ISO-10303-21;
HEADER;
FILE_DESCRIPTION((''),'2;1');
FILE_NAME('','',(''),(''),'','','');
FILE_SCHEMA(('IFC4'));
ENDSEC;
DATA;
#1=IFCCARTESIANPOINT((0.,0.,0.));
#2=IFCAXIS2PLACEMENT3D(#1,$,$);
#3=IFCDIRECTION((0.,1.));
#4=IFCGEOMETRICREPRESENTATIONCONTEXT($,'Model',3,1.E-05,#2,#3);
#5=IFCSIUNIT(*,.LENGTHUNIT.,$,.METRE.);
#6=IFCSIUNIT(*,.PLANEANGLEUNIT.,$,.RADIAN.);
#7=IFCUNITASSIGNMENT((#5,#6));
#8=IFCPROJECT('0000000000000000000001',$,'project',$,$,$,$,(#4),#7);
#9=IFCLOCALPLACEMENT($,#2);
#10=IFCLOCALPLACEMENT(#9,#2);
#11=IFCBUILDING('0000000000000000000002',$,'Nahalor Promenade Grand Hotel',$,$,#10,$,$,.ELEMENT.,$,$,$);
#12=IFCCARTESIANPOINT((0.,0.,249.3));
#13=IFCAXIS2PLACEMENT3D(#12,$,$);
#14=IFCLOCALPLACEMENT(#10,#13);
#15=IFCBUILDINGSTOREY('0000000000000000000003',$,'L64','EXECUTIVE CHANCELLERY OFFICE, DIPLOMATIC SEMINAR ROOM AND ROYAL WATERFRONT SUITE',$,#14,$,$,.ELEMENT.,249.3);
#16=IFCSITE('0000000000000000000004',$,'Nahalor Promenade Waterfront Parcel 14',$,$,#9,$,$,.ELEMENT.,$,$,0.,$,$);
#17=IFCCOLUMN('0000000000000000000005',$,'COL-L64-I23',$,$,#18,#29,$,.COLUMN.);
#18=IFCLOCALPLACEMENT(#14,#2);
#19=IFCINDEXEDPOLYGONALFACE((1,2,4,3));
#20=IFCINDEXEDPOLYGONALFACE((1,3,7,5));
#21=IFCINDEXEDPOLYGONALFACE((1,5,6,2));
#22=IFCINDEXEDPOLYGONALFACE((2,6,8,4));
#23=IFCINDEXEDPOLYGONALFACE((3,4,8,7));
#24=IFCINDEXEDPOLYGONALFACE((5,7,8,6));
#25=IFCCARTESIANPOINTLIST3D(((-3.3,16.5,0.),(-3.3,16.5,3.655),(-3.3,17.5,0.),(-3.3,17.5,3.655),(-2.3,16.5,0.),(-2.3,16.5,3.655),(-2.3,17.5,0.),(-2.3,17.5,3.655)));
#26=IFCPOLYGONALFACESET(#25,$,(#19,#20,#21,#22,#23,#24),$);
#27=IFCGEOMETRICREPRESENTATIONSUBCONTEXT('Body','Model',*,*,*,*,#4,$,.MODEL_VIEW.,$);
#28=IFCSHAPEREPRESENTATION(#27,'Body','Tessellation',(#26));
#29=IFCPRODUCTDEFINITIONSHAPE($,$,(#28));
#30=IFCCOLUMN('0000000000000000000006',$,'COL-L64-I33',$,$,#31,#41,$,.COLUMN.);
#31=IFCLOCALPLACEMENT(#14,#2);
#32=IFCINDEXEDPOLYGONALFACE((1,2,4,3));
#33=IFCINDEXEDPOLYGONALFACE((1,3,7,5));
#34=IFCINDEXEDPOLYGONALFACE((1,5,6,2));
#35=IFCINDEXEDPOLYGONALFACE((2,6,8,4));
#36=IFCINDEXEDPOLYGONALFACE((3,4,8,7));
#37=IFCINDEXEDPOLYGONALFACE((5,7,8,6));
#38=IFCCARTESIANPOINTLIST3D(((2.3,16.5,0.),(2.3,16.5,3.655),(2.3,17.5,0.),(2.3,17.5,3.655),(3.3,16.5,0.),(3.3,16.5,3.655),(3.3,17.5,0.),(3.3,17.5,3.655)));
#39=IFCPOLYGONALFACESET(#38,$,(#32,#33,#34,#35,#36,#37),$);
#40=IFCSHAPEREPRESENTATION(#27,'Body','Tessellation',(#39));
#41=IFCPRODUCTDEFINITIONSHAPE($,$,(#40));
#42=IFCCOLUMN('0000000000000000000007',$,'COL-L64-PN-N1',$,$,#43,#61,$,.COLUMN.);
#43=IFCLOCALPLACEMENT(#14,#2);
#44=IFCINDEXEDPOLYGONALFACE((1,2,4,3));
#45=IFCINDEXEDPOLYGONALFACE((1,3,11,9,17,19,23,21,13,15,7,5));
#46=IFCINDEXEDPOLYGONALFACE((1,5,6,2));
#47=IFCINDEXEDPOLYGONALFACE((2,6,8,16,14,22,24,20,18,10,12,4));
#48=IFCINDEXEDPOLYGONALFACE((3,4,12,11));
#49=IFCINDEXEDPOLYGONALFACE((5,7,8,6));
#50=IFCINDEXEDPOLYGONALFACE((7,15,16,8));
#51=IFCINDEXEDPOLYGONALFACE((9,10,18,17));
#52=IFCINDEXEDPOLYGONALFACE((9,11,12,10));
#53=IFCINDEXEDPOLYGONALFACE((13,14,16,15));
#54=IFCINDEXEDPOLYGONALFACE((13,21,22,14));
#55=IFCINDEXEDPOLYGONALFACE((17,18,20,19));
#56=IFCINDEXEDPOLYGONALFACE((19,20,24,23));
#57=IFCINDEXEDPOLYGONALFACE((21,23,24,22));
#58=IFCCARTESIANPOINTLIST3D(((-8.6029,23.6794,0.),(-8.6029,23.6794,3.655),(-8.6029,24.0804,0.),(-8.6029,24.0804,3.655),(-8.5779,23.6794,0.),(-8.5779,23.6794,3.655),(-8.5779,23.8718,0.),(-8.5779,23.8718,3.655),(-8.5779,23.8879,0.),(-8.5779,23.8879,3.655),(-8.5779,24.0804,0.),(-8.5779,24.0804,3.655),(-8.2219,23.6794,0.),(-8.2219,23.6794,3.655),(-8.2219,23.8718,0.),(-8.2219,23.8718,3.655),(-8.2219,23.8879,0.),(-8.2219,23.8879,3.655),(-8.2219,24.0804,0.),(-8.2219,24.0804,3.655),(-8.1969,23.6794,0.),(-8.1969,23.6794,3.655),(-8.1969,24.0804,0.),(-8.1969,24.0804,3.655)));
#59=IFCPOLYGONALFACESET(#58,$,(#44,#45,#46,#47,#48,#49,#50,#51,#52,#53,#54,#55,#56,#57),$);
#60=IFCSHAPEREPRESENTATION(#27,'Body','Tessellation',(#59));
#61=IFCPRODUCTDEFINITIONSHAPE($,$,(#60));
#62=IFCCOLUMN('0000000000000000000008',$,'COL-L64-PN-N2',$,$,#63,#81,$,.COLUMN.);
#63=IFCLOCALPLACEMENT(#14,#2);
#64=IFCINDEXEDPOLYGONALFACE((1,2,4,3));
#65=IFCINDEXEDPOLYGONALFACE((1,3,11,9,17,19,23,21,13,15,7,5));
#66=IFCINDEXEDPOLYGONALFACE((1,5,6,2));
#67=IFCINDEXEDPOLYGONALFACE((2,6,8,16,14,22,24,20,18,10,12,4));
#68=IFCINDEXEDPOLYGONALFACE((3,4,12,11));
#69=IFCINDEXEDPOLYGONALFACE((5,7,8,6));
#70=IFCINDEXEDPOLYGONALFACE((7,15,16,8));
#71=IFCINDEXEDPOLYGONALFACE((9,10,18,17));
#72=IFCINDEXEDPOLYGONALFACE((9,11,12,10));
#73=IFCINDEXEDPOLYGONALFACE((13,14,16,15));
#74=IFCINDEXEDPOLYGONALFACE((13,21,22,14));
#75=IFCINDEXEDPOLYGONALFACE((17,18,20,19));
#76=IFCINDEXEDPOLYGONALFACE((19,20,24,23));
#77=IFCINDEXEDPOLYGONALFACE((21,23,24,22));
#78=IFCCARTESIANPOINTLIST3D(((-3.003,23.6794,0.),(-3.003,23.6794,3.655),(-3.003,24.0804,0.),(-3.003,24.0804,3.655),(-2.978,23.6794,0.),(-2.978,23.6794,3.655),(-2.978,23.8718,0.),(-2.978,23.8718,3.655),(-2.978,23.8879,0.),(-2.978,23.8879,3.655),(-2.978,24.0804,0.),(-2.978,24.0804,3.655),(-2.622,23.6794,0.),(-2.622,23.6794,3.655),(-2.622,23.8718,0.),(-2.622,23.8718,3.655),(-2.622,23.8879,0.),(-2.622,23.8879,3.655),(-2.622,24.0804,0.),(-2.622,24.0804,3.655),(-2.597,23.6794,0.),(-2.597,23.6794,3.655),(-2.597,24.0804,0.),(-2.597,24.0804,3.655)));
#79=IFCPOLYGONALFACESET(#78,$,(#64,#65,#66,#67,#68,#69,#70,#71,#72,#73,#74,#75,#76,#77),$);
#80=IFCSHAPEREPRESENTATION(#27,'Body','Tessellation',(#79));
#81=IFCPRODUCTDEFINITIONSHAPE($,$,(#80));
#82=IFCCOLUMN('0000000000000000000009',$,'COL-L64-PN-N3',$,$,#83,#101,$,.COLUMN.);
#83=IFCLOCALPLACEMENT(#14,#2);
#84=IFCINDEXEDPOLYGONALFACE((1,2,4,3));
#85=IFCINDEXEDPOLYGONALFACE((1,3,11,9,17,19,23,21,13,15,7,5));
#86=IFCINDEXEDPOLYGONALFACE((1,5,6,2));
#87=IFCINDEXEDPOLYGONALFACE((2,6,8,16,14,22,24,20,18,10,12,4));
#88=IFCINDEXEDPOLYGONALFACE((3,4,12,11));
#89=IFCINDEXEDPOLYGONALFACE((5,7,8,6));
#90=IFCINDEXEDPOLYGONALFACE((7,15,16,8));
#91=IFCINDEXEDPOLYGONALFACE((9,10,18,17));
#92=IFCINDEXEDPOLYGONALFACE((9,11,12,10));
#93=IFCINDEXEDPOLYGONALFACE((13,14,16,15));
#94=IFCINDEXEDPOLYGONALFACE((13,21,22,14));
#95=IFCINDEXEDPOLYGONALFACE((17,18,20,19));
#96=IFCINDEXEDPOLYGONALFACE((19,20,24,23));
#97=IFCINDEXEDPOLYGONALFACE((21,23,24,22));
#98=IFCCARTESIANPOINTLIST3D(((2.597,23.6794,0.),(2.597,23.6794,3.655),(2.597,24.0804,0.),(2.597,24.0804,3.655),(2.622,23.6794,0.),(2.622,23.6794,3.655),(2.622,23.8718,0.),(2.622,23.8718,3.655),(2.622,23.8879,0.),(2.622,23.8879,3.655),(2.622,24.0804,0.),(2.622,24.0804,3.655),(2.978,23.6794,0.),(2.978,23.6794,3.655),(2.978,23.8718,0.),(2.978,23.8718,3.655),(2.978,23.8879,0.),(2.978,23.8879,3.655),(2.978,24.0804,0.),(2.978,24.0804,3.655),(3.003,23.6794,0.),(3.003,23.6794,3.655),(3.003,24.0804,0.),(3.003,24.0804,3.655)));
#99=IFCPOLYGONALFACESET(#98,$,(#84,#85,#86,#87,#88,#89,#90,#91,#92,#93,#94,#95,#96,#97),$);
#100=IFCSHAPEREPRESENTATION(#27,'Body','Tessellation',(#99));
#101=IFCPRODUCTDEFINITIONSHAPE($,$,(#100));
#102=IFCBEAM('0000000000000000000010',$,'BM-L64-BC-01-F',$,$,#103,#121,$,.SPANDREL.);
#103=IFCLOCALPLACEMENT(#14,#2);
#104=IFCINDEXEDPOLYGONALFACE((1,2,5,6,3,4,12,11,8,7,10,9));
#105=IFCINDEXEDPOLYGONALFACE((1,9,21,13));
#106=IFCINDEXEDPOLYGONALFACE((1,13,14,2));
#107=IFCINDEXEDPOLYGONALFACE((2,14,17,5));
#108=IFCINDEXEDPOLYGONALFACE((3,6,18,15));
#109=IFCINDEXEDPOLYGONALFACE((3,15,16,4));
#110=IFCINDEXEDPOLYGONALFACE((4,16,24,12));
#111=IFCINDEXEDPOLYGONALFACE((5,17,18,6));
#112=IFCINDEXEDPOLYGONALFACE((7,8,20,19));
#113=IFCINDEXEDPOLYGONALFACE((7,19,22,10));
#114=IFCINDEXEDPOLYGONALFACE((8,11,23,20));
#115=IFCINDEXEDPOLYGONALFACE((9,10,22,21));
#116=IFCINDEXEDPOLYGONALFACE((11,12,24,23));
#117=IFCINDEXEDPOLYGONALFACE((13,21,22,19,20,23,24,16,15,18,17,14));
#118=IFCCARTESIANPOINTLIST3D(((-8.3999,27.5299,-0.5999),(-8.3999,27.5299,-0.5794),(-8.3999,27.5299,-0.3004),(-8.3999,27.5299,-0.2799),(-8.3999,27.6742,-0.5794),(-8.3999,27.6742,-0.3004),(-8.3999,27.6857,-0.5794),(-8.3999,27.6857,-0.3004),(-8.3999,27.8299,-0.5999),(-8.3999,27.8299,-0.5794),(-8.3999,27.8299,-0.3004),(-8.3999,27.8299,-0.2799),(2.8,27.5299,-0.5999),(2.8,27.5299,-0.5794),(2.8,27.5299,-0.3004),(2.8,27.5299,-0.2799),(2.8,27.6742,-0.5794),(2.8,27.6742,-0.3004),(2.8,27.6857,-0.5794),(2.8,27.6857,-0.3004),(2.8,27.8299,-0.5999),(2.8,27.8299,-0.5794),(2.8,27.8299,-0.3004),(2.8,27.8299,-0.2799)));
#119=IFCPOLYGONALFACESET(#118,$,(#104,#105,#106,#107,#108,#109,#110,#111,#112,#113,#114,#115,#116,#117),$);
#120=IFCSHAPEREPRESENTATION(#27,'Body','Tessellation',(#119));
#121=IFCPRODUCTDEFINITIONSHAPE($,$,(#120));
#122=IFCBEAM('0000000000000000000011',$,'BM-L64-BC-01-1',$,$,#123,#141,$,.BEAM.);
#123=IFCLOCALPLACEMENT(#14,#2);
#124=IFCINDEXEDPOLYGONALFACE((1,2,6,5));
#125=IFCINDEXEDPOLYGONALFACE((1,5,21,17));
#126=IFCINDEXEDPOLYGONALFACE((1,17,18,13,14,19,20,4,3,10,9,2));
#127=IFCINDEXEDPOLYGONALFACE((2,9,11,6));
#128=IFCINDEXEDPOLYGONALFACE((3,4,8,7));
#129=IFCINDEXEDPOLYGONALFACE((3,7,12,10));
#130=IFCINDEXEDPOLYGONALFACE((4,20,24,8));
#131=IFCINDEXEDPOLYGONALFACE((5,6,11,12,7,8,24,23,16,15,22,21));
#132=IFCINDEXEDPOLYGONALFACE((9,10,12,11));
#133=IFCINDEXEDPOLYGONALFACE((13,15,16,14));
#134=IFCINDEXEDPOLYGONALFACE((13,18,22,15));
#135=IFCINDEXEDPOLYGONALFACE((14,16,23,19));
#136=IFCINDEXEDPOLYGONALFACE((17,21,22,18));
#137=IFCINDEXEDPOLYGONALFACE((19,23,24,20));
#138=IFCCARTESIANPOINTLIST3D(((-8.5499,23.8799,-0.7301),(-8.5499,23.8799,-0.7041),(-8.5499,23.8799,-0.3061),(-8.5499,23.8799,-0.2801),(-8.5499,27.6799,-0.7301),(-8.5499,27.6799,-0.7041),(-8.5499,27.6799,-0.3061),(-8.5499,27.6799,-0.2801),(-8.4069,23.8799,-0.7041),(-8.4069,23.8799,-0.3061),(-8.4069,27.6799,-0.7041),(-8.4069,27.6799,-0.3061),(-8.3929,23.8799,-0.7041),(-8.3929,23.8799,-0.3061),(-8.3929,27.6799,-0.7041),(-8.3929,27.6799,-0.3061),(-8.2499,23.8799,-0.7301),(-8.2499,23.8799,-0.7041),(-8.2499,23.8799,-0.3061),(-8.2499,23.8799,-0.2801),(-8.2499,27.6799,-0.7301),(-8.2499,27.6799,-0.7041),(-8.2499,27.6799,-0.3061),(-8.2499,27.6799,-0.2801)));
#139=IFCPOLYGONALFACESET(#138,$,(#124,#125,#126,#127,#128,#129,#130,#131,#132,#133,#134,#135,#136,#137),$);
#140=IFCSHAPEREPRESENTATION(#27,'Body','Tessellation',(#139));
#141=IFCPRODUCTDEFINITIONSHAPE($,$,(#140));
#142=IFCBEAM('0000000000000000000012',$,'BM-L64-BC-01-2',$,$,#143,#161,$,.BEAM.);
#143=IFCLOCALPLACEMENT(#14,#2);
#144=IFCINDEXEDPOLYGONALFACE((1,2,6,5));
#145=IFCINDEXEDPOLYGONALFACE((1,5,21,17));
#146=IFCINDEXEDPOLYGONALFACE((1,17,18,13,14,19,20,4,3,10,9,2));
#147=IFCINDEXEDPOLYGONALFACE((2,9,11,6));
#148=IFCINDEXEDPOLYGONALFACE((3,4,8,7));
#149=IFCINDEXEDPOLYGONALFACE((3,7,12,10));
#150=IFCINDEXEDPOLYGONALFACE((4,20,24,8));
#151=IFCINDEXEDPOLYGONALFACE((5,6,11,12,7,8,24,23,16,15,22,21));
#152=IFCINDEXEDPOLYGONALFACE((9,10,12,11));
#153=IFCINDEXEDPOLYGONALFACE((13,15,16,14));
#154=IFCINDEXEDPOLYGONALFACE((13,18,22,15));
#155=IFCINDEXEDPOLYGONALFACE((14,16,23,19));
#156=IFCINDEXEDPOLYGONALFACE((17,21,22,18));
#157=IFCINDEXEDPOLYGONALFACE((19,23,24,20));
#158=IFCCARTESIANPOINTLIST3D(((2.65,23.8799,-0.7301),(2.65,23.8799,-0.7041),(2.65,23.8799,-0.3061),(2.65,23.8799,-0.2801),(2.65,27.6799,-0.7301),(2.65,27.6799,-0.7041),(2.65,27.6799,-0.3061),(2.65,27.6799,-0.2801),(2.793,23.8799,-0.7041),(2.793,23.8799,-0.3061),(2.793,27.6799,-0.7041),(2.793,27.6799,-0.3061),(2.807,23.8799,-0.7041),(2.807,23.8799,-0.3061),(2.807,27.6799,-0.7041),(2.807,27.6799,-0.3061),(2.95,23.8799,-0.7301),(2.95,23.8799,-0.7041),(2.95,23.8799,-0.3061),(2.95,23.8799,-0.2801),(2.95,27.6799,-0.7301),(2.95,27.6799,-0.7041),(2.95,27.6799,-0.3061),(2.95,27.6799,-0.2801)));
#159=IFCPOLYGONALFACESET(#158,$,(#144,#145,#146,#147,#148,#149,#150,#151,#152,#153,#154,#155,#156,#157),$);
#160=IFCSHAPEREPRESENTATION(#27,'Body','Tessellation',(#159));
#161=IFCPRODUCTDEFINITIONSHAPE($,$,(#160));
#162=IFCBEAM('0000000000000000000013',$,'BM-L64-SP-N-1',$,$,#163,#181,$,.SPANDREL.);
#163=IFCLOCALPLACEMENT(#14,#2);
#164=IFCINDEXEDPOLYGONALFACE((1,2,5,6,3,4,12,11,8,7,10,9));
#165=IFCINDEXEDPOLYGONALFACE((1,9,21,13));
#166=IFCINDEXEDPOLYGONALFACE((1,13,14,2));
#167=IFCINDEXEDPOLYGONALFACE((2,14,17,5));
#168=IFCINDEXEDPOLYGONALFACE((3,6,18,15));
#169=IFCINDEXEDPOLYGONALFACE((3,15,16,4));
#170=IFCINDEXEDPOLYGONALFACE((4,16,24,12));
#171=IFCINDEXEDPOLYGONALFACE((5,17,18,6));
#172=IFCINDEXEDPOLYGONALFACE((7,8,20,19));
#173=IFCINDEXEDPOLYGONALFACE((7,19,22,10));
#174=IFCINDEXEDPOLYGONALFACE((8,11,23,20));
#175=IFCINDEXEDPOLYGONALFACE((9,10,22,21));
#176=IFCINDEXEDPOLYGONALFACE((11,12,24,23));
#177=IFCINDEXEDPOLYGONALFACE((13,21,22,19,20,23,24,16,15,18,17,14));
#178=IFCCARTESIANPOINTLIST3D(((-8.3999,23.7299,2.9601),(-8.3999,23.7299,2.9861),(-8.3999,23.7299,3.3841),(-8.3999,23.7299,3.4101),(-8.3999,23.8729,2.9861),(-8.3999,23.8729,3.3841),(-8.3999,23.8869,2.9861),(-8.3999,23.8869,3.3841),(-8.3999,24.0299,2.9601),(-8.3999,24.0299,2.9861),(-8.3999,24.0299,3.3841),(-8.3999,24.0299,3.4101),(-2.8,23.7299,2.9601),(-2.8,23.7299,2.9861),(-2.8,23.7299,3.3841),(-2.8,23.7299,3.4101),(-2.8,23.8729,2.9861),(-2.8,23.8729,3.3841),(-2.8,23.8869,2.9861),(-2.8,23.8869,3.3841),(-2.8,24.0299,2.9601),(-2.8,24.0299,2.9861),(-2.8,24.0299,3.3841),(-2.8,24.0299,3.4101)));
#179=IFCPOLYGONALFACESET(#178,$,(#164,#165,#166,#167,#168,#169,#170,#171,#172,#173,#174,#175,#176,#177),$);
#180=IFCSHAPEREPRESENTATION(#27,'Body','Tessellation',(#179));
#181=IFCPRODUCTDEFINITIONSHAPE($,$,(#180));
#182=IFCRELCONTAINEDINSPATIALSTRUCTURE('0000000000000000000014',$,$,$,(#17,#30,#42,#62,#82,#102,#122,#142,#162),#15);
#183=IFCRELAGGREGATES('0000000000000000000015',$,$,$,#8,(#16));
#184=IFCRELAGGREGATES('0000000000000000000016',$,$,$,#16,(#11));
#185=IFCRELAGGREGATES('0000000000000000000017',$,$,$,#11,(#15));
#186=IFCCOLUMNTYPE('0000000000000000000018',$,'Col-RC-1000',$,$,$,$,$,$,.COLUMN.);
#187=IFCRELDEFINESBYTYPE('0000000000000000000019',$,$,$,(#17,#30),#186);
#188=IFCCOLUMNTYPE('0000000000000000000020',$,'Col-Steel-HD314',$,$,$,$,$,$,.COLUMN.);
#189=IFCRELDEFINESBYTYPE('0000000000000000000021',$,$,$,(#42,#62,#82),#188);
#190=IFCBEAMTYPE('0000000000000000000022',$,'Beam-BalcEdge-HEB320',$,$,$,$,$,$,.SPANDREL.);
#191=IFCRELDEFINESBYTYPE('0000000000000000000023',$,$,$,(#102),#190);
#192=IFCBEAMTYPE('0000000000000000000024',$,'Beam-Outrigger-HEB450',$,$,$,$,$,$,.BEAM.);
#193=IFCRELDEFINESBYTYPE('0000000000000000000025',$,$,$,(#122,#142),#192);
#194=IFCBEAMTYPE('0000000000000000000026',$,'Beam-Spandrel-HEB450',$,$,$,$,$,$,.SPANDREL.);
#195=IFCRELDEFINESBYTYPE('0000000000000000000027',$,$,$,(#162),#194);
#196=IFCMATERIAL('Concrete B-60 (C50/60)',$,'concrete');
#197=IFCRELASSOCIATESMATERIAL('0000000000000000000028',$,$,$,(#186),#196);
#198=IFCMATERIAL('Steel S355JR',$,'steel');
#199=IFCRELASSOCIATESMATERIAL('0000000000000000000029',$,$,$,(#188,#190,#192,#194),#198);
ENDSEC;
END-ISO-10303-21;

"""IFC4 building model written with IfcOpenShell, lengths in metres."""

from ifc_helpers import new_model, si_unit, direction, frame, origin, origin_2d, place, context, subcontext, project, spatial, rectangle, i_section, extrude, source, transform, mapped, material, material_profile, profile_set, type_object, element, save


model = new_model("IFC4")

# Units and contexts
model_context = context("Model", 3, precision=1e-05, world=origin(), true_north=direction((0.0, 1.0)))
body_context = subcontext(model_context, "Body", "Model", "MODEL_VIEW")
ifc_project = project(units=[si_unit("LENGTHUNIT", "METRE"), si_unit("PLANEANGLEUNIT", "RADIAN")], contexts=[model_context])

# Site, building, storey
site_placement = place(None, origin())
site = spatial("IfcSite", under=ifc_project, at=site_placement, Name="Nahalor Promenade Waterfront Parcel 14", CompositionType="ELEMENT", RefElevation=0.0)
building_placement = place(site_placement, origin())
building = spatial("IfcBuilding", under=site, at=building_placement, Name="Nahalor Promenade Grand Hotel", CompositionType="ELEMENT")
storey_placement = place(building_placement, frame((0.0, 0.0, 249.3)))
storey = spatial("IfcBuildingStorey", under=building, at=storey_placement, Name="L64", Description="EXECUTIVE CHANCELLERY OFFICE, DIPLOMATIC SEMINAR ROOM AND ROYAL WATERFRONT SUITE", CompositionType="ELEMENT", Elevation=249.3)

# Columns
ifc_material_1 = material(Name="Concrete B-60 (C50/60)", Category="concrete")
ifc_material_profile_1 = material_profile(ifc_material_1, rectangle(XDim=1.0, YDim=1.0, at=origin_2d()), Name="RC 1000x1000")
ifc_profile_set_1 = profile_set([ifc_material_profile_1], Name="Concrete B-60 (C50/60)")
column_type_1 = type_object("IfcColumnType", Name="Col-RC-1000", PredefinedType="COLUMN", material=ifc_profile_set_1)
shared_shape_1 = source(origin(), body_context, "Body", "SweptSolid", [
    extrude(rectangle(XDim=1.0, YDim=1.0, at=origin_2d()), origin(), (0.0, 0.0, 1.0), 3.655),
])
for number, where, z_axis, x_axis, name in (
    (1, (-2.8, 17.0, 0.0), (0.0, 0.0, 1.0), (1.0, 0.0, 0.0), "COL-L64-I23"),
    (2, (2.8, 17.0, 0.0), (0.0, 0.0, 1.0), (1.0, 0.0, 0.0), "COL-L64-I33"),
):
    element("IfcColumn", number, at=place(storey_placement, frame(where, z_axis=z_axis, x_axis=x_axis)), inside=storey, type_object=column_type_1, Name=name, PredefinedType="COLUMN", context=body_context, shape_type="MappedRepresentation", body=[
        mapped(shared_shape_1, transform((0.0, 0.0, 0.0), scale=1.0)),
    ])
ifc_material_2 = material(Name="Steel S355JR", Category="steel")
ifc_material_profile_2 = material_profile(ifc_material_2, i_section(OverallWidth=0.401, OverallDepth=0.406, WebThickness=0.0161, FlangeThickness=0.025, at=origin_2d()), Name="HD 400x314")
ifc_profile_set_2 = profile_set([ifc_material_profile_2], Name="Steel S355JR")
column_type_2 = type_object("IfcColumnType", Name="Col-Steel-HD314", PredefinedType="COLUMN", material=ifc_profile_set_2)
shared_shape_2 = source(origin(), body_context, "Body", "SweptSolid", [
    extrude(i_section(OverallWidth=0.401, OverallDepth=0.406, WebThickness=0.0161, FlangeThickness=0.025, at=origin_2d()), origin(), (0.0, 0.0, 1.0), 3.655),
])
for number, where, z_axis, x_axis, name in (
    (3, (-8.3999, 23.8799, 0.0), (0.0, 0.0, 1.0), (0.0, 1.0, 0.0), "COL-L64-PN-N1"),
    (4, (-2.8, 23.8799, 0.0), (0.0, 0.0, 1.0), (0.0, 1.0, 0.0), "COL-L64-PN-N2"),
    (5, (2.8, 23.8799, 0.0), (0.0, 0.0, 1.0), (0.0, 1.0, 0.0), "COL-L64-PN-N3"),
):
    element("IfcColumn", number, at=place(storey_placement, frame(where, z_axis=z_axis, x_axis=x_axis)), inside=storey, type_object=column_type_2, Name=name, PredefinedType="COLUMN", context=body_context, shape_type="MappedRepresentation", body=[
        mapped(shared_shape_2, transform((0.0, 0.0, 0.0), scale=1.0)),
    ])

# Beams
ifc_material_profile_3 = material_profile(ifc_material_2, i_section(OverallWidth=0.3, OverallDepth=0.32, WebThickness=0.0115, FlangeThickness=0.0205, at=origin_2d()), Name="HEB 320")
ifc_profile_set_3 = profile_set([ifc_material_profile_3], Name="Steel S355JR")
beam_type_1 = type_object("IfcBeamType", Name="Beam-BalcEdge-HEB320", PredefinedType="SPANDREL", material=ifc_profile_set_3)
shared_shape_3 = source(origin(), body_context, "Body", "SweptSolid", [
    extrude(i_section(OverallWidth=0.3, OverallDepth=0.32, WebThickness=0.0115, FlangeThickness=0.0205, at=origin_2d()), origin(), (0.0, 0.0, 1.0), 11.2),
])
beam_1_placement = place(storey_placement, frame((-8.3999, 27.6799, -0.4399), z_axis=(1.0, 0.0, 0.0), x_axis=(0.0, 1.0, 0.0)))
element("IfcBeam", 6, at=beam_1_placement, inside=storey, type_object=beam_type_1, Name="BM-L64-BC-01-F", PredefinedType="SPANDREL", context=body_context, shape_type="MappedRepresentation", body=[
    mapped(shared_shape_3, transform((0.0, 0.0, 0.0), scale=1.0)),
])
ifc_material_profile_4 = material_profile(ifc_material_2, i_section(OverallWidth=0.3, OverallDepth=0.45, WebThickness=0.014, FlangeThickness=0.026, at=origin_2d()), Name="HEB 450")
ifc_profile_set_4 = profile_set([ifc_material_profile_4], Name="Steel S355JR")
beam_type_2 = type_object("IfcBeamType", Name="Beam-Outrigger-HEB450", PredefinedType="BEAM", material=ifc_profile_set_4)
shared_shape_4 = source(origin(), body_context, "Body", "SweptSolid", [
    extrude(i_section(OverallWidth=0.3, OverallDepth=0.45, WebThickness=0.014, FlangeThickness=0.026, at=origin_2d()), origin(), (0.0, 0.0, 1.0), 3.8),
])
for number, where, z_axis, x_axis, name in (
    (7, (-8.3999, 23.8799, -0.5051), (0.0, 1.0, 0.0), (-1.0, 0.0, 0.0), "BM-L64-BC-01-1"),
    (8, (2.8, 23.8799, -0.5051), (0.0, 1.0, 0.0), (-1.0, 0.0, 0.0), "BM-L64-BC-01-2"),
):
    element("IfcBeam", number, at=place(storey_placement, frame(where, z_axis=z_axis, x_axis=x_axis)), inside=storey, type_object=beam_type_2, Name=name, PredefinedType="BEAM", context=body_context, shape_type="MappedRepresentation", body=[
        mapped(shared_shape_4, transform((0.0, 0.0, 0.0), scale=1.0)),
    ])
ifc_material_profile_5 = material_profile(ifc_material_2, i_section(OverallWidth=0.3, OverallDepth=0.45, WebThickness=0.014, FlangeThickness=0.026, at=origin_2d()), Name="HEB 450")
ifc_profile_set_5 = profile_set([ifc_material_profile_5], Name="Steel S355JR")
beam_type_3 = type_object("IfcBeamType", Name="Beam-Spandrel-HEB450", PredefinedType="SPANDREL", material=ifc_profile_set_5)
shared_shape_5 = source(origin(), body_context, "Body", "SweptSolid", [
    extrude(i_section(OverallWidth=0.3, OverallDepth=0.45, WebThickness=0.014, FlangeThickness=0.026, at=origin_2d()), origin(), (0.0, 0.0, 1.0), 5.5999),
])
for number, where, z_axis, x_axis, name in (
    (9, (-8.3999, 23.8799, 3.1851), (1.0, 0.0, 0.0), (0.0, 1.0, 0.0), "BM-L64-SP-N-1"),
):
    element("IfcBeam", number, at=place(storey_placement, frame(where, z_axis=z_axis, x_axis=x_axis)), inside=storey, type_object=beam_type_3, Name=name, PredefinedType="SPANDREL", context=body_context, shape_type="MappedRepresentation", body=[
        mapped(shared_shape_5, transform((0.0, 0.0, 0.0), scale=1.0)),
    ])

save(model, "model.ifc")
